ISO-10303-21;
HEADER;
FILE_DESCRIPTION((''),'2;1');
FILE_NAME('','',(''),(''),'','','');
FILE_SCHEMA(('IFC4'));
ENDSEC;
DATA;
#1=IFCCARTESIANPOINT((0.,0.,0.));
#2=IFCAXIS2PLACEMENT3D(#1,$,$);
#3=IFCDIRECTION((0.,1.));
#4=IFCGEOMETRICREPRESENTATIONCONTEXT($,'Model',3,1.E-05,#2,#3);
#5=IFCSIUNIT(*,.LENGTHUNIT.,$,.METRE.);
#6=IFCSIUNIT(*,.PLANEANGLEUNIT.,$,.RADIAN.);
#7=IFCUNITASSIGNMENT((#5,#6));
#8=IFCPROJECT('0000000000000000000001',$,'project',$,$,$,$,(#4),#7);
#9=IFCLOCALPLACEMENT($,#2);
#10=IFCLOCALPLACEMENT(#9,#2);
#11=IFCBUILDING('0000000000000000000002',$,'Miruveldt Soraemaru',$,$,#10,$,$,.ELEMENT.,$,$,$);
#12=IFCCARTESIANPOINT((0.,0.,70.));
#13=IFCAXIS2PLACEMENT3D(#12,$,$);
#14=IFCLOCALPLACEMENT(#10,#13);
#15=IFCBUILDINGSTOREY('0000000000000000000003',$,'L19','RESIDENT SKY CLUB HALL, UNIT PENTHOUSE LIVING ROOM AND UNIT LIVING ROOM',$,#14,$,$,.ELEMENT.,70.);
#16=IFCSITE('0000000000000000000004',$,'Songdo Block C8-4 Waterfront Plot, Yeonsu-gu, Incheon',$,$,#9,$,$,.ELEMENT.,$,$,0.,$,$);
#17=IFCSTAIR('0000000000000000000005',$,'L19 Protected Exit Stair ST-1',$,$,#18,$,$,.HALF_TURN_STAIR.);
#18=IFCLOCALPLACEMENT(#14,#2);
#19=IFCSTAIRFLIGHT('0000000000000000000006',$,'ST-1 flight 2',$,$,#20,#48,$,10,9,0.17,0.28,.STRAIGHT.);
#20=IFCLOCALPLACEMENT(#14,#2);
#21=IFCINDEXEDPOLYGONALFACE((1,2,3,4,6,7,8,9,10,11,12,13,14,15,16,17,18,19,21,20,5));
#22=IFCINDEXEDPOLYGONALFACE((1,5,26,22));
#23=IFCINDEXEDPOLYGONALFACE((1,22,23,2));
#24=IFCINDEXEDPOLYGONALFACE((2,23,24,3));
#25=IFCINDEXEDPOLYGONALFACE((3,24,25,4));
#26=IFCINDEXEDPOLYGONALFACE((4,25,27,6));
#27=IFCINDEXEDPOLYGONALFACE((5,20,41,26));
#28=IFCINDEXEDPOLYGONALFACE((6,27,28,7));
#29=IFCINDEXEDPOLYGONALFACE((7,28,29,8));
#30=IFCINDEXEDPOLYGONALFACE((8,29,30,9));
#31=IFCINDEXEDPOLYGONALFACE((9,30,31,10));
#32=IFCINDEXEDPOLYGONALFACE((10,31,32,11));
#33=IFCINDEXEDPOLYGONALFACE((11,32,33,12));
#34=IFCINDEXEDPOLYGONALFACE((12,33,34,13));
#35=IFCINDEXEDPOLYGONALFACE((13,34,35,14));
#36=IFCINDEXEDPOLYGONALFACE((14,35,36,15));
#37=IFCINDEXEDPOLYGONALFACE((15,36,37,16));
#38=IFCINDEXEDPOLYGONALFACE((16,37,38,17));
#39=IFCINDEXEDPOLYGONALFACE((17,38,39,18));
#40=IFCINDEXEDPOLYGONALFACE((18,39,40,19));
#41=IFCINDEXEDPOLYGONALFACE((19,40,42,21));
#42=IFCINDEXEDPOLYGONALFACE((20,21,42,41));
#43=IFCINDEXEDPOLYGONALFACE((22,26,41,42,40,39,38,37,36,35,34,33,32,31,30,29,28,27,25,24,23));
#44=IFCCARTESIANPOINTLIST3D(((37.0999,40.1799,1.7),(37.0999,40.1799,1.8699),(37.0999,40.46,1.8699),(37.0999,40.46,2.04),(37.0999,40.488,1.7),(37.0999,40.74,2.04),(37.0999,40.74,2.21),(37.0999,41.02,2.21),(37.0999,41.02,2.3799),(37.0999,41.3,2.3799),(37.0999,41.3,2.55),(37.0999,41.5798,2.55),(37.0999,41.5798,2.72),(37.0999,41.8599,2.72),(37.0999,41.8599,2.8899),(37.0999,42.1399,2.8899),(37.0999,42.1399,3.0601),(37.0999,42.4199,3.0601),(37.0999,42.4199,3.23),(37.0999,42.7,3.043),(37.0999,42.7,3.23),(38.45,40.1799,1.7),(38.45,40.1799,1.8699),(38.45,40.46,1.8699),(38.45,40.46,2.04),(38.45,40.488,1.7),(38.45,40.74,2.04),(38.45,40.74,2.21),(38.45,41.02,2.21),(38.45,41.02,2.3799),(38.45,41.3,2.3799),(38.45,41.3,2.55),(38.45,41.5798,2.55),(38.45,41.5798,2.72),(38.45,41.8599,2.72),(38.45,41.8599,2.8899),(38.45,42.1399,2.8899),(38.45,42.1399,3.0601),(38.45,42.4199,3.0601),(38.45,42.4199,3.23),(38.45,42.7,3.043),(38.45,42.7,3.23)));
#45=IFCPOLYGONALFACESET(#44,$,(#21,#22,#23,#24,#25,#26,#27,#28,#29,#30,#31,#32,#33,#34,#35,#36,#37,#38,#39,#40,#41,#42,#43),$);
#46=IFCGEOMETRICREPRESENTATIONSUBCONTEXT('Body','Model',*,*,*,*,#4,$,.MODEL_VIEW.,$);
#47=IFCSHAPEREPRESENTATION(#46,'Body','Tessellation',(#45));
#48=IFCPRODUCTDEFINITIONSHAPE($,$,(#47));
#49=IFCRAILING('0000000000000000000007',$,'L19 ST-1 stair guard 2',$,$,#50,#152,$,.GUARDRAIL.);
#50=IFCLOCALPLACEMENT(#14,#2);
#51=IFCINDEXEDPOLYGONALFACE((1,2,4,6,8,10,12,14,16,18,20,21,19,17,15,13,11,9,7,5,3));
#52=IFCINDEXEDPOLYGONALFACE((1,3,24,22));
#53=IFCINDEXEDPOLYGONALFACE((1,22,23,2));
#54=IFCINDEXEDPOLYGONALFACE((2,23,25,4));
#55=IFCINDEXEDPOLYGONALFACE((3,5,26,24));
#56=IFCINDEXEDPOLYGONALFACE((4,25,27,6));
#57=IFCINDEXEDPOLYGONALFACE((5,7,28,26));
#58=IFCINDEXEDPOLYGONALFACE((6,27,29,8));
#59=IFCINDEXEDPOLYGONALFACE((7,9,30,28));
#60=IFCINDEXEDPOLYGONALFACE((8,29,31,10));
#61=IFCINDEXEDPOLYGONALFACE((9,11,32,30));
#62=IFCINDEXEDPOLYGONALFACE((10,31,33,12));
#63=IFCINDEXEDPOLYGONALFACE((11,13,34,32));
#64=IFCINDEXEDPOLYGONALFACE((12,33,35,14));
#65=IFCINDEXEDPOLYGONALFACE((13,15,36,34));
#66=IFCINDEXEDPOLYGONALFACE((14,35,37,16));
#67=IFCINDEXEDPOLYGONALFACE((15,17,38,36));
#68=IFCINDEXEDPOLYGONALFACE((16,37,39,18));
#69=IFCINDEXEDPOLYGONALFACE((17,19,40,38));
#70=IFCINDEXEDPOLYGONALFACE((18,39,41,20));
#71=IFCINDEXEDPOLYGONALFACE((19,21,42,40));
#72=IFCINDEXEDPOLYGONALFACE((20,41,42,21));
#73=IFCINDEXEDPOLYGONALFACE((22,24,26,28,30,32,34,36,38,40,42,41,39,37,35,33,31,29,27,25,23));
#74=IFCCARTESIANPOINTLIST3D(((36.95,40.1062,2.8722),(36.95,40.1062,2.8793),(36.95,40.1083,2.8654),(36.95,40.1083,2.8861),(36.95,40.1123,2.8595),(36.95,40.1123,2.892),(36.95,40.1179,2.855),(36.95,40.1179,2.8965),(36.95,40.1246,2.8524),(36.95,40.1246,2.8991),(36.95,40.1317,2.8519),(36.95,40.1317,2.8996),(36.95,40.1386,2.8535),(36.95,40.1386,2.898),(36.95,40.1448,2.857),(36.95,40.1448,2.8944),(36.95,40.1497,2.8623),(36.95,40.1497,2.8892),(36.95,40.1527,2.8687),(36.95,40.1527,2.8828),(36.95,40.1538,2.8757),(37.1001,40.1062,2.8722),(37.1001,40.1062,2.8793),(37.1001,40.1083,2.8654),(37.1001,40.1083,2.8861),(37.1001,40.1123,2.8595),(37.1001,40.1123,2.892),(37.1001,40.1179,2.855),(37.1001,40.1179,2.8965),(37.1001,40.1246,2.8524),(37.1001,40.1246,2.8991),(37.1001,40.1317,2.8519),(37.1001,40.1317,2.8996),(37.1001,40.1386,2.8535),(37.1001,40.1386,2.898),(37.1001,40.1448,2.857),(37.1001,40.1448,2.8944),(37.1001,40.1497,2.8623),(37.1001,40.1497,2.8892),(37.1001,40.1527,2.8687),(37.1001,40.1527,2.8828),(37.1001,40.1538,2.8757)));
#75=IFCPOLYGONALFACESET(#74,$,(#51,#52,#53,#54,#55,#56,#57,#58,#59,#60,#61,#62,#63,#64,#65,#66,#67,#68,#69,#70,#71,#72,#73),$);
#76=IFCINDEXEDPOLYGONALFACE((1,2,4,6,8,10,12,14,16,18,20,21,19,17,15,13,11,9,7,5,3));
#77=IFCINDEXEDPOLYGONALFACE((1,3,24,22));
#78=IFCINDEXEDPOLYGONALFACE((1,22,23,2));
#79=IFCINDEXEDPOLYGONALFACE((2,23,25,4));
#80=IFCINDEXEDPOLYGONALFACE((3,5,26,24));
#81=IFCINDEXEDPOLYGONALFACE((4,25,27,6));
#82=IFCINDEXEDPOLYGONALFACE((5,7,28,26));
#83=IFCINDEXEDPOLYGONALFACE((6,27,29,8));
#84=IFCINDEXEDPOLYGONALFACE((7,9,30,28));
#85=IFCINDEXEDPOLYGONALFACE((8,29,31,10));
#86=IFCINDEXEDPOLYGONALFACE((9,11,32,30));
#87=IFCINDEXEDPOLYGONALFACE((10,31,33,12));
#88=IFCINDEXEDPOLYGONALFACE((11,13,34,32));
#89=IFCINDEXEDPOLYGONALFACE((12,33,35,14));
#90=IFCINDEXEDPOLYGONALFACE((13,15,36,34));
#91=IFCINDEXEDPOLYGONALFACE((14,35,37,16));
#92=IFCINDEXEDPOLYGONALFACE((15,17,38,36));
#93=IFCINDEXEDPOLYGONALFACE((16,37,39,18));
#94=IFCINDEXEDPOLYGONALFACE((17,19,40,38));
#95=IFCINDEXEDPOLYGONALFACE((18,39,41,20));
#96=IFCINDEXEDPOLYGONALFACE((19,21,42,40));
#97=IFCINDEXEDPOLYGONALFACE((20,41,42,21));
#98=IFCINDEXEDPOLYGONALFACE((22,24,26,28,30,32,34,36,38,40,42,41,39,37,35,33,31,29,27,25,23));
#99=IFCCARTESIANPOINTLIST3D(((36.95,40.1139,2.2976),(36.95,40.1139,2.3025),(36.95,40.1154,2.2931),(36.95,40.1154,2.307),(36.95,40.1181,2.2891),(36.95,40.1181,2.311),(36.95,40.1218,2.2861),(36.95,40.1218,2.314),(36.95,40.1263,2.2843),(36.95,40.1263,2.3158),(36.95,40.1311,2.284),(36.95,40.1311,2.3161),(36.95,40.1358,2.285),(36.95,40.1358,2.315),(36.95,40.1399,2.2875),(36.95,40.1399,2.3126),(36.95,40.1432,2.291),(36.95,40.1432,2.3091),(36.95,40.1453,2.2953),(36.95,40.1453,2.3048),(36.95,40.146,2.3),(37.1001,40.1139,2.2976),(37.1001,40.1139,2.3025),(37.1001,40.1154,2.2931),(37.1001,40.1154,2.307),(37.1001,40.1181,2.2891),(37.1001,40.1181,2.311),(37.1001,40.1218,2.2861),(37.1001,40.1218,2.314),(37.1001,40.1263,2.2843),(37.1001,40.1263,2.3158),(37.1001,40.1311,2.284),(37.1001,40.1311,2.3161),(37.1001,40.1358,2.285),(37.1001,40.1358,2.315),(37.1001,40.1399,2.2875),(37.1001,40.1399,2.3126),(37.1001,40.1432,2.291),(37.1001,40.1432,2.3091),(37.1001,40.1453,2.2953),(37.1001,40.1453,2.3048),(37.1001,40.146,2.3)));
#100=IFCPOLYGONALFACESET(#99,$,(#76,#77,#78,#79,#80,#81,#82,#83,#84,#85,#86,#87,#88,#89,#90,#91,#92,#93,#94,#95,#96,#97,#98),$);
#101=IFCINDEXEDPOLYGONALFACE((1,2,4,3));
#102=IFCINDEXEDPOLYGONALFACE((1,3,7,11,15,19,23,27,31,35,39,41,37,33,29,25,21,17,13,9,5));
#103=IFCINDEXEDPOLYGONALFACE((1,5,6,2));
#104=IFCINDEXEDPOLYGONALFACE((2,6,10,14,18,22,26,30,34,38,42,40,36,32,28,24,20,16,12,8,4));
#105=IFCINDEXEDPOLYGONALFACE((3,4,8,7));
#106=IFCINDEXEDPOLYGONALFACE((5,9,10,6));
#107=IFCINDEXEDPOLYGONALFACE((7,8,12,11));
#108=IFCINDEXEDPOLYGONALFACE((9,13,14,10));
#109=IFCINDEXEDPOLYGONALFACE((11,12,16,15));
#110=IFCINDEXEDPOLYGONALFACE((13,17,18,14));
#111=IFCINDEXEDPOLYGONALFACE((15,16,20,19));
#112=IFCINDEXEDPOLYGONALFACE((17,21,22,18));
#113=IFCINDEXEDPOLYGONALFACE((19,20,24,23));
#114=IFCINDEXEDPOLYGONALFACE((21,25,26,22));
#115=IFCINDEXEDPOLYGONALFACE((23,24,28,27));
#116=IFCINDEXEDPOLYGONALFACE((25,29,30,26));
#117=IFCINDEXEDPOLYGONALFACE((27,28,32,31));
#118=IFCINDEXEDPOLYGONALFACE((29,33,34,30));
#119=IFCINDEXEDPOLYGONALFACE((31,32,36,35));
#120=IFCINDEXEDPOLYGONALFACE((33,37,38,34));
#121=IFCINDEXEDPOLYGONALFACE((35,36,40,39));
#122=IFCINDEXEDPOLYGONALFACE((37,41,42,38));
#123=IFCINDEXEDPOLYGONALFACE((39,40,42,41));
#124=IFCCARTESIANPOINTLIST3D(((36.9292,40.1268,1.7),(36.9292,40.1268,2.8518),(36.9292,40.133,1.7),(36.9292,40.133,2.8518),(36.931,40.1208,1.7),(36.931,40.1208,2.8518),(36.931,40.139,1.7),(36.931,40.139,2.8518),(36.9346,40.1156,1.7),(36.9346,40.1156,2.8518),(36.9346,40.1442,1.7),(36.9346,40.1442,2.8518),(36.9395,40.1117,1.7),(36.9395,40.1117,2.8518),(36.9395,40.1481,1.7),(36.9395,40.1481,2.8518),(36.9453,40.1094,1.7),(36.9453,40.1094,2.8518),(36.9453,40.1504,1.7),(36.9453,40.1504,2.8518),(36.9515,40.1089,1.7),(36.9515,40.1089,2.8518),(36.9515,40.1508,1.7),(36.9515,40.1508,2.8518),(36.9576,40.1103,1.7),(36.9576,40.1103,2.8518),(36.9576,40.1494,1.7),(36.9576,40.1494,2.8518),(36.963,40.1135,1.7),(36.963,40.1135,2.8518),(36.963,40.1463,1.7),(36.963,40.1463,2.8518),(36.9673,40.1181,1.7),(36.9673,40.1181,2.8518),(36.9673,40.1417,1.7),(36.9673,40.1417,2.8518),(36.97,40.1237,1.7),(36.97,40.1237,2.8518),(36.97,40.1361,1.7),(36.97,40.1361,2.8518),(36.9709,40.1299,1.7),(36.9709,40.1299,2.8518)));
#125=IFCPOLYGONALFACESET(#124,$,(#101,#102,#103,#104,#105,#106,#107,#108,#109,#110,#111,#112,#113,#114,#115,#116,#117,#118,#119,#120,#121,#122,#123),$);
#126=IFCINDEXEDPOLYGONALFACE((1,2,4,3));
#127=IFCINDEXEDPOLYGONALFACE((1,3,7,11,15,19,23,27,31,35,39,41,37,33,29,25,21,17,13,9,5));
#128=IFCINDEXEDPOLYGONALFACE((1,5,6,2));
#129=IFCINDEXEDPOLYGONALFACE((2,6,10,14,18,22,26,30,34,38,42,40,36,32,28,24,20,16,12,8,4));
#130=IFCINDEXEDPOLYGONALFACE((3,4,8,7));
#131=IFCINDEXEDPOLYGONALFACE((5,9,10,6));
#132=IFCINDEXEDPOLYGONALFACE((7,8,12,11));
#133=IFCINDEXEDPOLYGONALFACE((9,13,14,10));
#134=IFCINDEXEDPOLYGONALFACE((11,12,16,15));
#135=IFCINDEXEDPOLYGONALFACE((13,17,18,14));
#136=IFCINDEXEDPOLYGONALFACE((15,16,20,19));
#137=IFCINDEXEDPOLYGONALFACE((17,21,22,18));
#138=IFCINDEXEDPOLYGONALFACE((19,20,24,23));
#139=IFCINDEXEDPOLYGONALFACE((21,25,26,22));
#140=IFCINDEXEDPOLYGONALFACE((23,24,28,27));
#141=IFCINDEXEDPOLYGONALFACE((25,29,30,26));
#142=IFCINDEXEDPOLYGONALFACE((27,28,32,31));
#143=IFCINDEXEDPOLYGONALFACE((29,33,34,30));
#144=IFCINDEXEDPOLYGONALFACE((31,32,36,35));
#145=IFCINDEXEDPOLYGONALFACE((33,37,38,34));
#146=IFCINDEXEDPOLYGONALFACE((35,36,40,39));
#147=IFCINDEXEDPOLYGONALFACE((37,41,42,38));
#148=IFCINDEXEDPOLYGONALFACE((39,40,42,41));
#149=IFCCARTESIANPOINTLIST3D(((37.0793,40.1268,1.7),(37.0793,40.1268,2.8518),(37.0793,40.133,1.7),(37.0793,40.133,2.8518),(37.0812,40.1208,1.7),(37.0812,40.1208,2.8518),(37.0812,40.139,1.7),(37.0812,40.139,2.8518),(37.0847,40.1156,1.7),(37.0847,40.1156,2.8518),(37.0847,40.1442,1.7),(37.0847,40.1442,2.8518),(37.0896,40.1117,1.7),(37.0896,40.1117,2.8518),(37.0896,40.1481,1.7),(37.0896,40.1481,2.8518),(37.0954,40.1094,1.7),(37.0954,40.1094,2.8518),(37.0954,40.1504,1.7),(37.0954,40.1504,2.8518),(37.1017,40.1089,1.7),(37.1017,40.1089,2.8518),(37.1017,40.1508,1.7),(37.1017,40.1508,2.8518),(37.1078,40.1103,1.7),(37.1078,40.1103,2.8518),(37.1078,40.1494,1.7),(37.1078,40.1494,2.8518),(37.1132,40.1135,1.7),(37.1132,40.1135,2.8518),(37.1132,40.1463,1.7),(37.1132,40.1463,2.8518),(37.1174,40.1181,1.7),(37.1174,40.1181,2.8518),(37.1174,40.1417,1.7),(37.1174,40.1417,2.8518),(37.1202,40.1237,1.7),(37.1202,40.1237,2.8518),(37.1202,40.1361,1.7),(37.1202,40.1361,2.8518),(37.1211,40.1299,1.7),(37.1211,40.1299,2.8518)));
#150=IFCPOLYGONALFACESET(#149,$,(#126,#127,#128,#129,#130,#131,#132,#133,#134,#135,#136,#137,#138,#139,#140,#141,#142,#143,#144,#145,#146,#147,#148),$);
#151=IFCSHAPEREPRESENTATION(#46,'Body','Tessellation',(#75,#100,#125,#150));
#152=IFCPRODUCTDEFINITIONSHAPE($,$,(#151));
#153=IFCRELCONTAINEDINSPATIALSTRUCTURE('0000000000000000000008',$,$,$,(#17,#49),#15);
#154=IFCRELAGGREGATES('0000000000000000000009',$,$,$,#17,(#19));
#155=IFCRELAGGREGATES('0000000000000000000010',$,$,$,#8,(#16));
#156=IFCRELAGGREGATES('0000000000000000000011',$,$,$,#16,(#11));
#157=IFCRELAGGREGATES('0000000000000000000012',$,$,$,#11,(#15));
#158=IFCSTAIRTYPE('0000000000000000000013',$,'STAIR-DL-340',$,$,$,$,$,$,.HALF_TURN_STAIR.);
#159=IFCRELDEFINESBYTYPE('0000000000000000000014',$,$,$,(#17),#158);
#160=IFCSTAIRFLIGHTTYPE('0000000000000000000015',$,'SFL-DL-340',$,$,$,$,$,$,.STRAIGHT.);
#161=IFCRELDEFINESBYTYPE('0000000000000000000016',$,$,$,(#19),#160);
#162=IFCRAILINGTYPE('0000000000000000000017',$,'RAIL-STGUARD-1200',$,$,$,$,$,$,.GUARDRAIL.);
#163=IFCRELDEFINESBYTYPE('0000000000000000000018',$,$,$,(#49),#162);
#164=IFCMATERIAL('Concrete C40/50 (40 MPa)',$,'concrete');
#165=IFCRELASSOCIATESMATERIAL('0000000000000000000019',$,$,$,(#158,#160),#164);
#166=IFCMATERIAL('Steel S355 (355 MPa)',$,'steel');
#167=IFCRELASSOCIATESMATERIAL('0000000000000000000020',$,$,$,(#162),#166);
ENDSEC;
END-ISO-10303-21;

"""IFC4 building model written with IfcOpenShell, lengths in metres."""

from ifc_helpers import new_model, si_unit, direction, frame, origin, origin_2d, place, context, subcontext, project, spatial, polyline, circle, outline, extrude, material, type_object, element, aggregate, save


model = new_model("IFC4")

# Units and contexts
model_context = context("Model", 3, precision=1e-05, world=origin(), true_north=direction((0.0, 1.0)))
body_context = subcontext(model_context, "Body", "Model", "MODEL_VIEW")
ifc_project = project(units=[si_unit("LENGTHUNIT", "METRE"), si_unit("PLANEANGLEUNIT", "RADIAN")], contexts=[model_context])

# Site, building, storey
site_placement = place(None, origin())
site = spatial("IfcSite", under=ifc_project, at=site_placement, Name="Songdo Block C8-4 Waterfront Plot, Yeonsu-gu, Incheon", CompositionType="ELEMENT", RefElevation=0.0)
building_placement = place(site_placement, origin())
building = spatial("IfcBuilding", under=site, at=building_placement, Name="Miruveldt Soraemaru", CompositionType="ELEMENT")
storey_placement = place(building_placement, frame((0.0, 0.0, 70.0)))
storey = spatial("IfcBuildingStorey", under=building, at=storey_placement, Name="L19", Description="RESIDENT SKY CLUB HALL, UNIT PENTHOUSE LIVING ROOM AND UNIT LIVING ROOM", CompositionType="ELEMENT", Elevation=70.0)

# Shared definitions
ifc_material_1 = material(Name="Concrete C40/50 (40 MPa)", Category="concrete")

# Stair, stair flight
stair_type = type_object("IfcStairType", Name="STAIR-DL-340", PredefinedType="HALF_TURN_STAIR", material=ifc_material_1)
stair_placement = place(storey_placement, origin())
stair = element("IfcStair", 1, at=stair_placement, inside=storey, type_object=stair_type, Name="L19 Protected Exit Stair ST-1", PredefinedType="HALF_TURN_STAIR")
stair_flight_type = type_object("IfcStairFlightType", Name="SFL-DL-340", PredefinedType="STRAIGHT", material=ifc_material_1)
stair_flight_placement = place(storey_placement, frame((37.7749, 40.1799, 1.7), z_axis=(0.0, 0.0, 1.0), x_axis=(0.0, 1.0, 0.0)))
stair_flight = element("IfcStairFlight", 2, at=stair_flight_placement, type_object=stair_flight_type, Name="ST-1 flight 2", NumberOfRisers=10, NumberOfTreads=9, PredefinedType="STRAIGHT", RiserHeight=0.17, TreadLength=0.28, context=body_context, shape_type="SweptSolid", body=[
    extrude(outline(polyline([(0.0, 0.0), (0.0, 0.1699), (0.28, 0.1699), (0.28, 0.3401), (0.5601, 0.3401), (0.5601, 0.51), (0.8401, 0.51), (0.8401, 0.6799), (1.1201, 0.6799), (1.1201, 0.8501), (1.3999, 0.8501), (1.3999, 1.02), (1.6799, 1.02), (1.6799, 1.1899), (1.96, 1.1899), (1.96, 1.3601), (2.24, 1.3601), (2.24, 1.53), (2.52, 1.53), (2.52, 1.7), (2.52, 1.343), (0.3081, 0.0), (0.0, 0.0)])), frame((0.0, 0.675, 0.0), z_axis=(0.0, -1.0, 0.0), x_axis=(1.0, 0.0, 0.0)), (0.0, 0.0, 1.0), 1.3501),
])
aggregate(stair, [stair_flight])

# Railing
ifc_material_2 = material(Name="Steel S355 (355 MPa)", Category="steel")
railing_type = type_object("IfcRailingType", Name="RAIL-STGUARD-1200", PredefinedType="GUARDRAIL", material=ifc_material_2)
railing_1_placement = place(storey_placement, frame((36.95, 40.1299, 1.7)))
element("IfcRailing", 3, at=railing_1_placement, inside=storey, type_object=railing_type, Name="L19 ST-1 stair guard 2", PredefinedType="GUARDRAIL", context=body_context, shape_type="SweptSolid", body=[
    extrude(circle(Radius=0.0239, at=origin_2d()), frame((0.0, 0.0, 1.1758), z_axis=(1.0, 0.0, 0.0), x_axis=(0.0, 1.0, 0.0)), (0.0, 0.0, 1.0), 0.1501),
    extrude(circle(Radius=0.0161, at=origin_2d()), frame((0.0, 0.0, 0.6001), z_axis=(1.0, 0.0, 0.0), x_axis=(0.0, 1.0, 0.0)), (0.0, 0.0, 1.0), 0.1501),
    extrude(circle(Radius=0.021, at=origin_2d()), origin(), (0.0, 0.0, 1.0), 1.1519),
    extrude(circle(Radius=0.021, at=origin_2d()), frame((0.1501, 0.0, 0.0)), (0.0, 0.0, 1.0), 1.1519),
])

save(model, "model.ifc")
